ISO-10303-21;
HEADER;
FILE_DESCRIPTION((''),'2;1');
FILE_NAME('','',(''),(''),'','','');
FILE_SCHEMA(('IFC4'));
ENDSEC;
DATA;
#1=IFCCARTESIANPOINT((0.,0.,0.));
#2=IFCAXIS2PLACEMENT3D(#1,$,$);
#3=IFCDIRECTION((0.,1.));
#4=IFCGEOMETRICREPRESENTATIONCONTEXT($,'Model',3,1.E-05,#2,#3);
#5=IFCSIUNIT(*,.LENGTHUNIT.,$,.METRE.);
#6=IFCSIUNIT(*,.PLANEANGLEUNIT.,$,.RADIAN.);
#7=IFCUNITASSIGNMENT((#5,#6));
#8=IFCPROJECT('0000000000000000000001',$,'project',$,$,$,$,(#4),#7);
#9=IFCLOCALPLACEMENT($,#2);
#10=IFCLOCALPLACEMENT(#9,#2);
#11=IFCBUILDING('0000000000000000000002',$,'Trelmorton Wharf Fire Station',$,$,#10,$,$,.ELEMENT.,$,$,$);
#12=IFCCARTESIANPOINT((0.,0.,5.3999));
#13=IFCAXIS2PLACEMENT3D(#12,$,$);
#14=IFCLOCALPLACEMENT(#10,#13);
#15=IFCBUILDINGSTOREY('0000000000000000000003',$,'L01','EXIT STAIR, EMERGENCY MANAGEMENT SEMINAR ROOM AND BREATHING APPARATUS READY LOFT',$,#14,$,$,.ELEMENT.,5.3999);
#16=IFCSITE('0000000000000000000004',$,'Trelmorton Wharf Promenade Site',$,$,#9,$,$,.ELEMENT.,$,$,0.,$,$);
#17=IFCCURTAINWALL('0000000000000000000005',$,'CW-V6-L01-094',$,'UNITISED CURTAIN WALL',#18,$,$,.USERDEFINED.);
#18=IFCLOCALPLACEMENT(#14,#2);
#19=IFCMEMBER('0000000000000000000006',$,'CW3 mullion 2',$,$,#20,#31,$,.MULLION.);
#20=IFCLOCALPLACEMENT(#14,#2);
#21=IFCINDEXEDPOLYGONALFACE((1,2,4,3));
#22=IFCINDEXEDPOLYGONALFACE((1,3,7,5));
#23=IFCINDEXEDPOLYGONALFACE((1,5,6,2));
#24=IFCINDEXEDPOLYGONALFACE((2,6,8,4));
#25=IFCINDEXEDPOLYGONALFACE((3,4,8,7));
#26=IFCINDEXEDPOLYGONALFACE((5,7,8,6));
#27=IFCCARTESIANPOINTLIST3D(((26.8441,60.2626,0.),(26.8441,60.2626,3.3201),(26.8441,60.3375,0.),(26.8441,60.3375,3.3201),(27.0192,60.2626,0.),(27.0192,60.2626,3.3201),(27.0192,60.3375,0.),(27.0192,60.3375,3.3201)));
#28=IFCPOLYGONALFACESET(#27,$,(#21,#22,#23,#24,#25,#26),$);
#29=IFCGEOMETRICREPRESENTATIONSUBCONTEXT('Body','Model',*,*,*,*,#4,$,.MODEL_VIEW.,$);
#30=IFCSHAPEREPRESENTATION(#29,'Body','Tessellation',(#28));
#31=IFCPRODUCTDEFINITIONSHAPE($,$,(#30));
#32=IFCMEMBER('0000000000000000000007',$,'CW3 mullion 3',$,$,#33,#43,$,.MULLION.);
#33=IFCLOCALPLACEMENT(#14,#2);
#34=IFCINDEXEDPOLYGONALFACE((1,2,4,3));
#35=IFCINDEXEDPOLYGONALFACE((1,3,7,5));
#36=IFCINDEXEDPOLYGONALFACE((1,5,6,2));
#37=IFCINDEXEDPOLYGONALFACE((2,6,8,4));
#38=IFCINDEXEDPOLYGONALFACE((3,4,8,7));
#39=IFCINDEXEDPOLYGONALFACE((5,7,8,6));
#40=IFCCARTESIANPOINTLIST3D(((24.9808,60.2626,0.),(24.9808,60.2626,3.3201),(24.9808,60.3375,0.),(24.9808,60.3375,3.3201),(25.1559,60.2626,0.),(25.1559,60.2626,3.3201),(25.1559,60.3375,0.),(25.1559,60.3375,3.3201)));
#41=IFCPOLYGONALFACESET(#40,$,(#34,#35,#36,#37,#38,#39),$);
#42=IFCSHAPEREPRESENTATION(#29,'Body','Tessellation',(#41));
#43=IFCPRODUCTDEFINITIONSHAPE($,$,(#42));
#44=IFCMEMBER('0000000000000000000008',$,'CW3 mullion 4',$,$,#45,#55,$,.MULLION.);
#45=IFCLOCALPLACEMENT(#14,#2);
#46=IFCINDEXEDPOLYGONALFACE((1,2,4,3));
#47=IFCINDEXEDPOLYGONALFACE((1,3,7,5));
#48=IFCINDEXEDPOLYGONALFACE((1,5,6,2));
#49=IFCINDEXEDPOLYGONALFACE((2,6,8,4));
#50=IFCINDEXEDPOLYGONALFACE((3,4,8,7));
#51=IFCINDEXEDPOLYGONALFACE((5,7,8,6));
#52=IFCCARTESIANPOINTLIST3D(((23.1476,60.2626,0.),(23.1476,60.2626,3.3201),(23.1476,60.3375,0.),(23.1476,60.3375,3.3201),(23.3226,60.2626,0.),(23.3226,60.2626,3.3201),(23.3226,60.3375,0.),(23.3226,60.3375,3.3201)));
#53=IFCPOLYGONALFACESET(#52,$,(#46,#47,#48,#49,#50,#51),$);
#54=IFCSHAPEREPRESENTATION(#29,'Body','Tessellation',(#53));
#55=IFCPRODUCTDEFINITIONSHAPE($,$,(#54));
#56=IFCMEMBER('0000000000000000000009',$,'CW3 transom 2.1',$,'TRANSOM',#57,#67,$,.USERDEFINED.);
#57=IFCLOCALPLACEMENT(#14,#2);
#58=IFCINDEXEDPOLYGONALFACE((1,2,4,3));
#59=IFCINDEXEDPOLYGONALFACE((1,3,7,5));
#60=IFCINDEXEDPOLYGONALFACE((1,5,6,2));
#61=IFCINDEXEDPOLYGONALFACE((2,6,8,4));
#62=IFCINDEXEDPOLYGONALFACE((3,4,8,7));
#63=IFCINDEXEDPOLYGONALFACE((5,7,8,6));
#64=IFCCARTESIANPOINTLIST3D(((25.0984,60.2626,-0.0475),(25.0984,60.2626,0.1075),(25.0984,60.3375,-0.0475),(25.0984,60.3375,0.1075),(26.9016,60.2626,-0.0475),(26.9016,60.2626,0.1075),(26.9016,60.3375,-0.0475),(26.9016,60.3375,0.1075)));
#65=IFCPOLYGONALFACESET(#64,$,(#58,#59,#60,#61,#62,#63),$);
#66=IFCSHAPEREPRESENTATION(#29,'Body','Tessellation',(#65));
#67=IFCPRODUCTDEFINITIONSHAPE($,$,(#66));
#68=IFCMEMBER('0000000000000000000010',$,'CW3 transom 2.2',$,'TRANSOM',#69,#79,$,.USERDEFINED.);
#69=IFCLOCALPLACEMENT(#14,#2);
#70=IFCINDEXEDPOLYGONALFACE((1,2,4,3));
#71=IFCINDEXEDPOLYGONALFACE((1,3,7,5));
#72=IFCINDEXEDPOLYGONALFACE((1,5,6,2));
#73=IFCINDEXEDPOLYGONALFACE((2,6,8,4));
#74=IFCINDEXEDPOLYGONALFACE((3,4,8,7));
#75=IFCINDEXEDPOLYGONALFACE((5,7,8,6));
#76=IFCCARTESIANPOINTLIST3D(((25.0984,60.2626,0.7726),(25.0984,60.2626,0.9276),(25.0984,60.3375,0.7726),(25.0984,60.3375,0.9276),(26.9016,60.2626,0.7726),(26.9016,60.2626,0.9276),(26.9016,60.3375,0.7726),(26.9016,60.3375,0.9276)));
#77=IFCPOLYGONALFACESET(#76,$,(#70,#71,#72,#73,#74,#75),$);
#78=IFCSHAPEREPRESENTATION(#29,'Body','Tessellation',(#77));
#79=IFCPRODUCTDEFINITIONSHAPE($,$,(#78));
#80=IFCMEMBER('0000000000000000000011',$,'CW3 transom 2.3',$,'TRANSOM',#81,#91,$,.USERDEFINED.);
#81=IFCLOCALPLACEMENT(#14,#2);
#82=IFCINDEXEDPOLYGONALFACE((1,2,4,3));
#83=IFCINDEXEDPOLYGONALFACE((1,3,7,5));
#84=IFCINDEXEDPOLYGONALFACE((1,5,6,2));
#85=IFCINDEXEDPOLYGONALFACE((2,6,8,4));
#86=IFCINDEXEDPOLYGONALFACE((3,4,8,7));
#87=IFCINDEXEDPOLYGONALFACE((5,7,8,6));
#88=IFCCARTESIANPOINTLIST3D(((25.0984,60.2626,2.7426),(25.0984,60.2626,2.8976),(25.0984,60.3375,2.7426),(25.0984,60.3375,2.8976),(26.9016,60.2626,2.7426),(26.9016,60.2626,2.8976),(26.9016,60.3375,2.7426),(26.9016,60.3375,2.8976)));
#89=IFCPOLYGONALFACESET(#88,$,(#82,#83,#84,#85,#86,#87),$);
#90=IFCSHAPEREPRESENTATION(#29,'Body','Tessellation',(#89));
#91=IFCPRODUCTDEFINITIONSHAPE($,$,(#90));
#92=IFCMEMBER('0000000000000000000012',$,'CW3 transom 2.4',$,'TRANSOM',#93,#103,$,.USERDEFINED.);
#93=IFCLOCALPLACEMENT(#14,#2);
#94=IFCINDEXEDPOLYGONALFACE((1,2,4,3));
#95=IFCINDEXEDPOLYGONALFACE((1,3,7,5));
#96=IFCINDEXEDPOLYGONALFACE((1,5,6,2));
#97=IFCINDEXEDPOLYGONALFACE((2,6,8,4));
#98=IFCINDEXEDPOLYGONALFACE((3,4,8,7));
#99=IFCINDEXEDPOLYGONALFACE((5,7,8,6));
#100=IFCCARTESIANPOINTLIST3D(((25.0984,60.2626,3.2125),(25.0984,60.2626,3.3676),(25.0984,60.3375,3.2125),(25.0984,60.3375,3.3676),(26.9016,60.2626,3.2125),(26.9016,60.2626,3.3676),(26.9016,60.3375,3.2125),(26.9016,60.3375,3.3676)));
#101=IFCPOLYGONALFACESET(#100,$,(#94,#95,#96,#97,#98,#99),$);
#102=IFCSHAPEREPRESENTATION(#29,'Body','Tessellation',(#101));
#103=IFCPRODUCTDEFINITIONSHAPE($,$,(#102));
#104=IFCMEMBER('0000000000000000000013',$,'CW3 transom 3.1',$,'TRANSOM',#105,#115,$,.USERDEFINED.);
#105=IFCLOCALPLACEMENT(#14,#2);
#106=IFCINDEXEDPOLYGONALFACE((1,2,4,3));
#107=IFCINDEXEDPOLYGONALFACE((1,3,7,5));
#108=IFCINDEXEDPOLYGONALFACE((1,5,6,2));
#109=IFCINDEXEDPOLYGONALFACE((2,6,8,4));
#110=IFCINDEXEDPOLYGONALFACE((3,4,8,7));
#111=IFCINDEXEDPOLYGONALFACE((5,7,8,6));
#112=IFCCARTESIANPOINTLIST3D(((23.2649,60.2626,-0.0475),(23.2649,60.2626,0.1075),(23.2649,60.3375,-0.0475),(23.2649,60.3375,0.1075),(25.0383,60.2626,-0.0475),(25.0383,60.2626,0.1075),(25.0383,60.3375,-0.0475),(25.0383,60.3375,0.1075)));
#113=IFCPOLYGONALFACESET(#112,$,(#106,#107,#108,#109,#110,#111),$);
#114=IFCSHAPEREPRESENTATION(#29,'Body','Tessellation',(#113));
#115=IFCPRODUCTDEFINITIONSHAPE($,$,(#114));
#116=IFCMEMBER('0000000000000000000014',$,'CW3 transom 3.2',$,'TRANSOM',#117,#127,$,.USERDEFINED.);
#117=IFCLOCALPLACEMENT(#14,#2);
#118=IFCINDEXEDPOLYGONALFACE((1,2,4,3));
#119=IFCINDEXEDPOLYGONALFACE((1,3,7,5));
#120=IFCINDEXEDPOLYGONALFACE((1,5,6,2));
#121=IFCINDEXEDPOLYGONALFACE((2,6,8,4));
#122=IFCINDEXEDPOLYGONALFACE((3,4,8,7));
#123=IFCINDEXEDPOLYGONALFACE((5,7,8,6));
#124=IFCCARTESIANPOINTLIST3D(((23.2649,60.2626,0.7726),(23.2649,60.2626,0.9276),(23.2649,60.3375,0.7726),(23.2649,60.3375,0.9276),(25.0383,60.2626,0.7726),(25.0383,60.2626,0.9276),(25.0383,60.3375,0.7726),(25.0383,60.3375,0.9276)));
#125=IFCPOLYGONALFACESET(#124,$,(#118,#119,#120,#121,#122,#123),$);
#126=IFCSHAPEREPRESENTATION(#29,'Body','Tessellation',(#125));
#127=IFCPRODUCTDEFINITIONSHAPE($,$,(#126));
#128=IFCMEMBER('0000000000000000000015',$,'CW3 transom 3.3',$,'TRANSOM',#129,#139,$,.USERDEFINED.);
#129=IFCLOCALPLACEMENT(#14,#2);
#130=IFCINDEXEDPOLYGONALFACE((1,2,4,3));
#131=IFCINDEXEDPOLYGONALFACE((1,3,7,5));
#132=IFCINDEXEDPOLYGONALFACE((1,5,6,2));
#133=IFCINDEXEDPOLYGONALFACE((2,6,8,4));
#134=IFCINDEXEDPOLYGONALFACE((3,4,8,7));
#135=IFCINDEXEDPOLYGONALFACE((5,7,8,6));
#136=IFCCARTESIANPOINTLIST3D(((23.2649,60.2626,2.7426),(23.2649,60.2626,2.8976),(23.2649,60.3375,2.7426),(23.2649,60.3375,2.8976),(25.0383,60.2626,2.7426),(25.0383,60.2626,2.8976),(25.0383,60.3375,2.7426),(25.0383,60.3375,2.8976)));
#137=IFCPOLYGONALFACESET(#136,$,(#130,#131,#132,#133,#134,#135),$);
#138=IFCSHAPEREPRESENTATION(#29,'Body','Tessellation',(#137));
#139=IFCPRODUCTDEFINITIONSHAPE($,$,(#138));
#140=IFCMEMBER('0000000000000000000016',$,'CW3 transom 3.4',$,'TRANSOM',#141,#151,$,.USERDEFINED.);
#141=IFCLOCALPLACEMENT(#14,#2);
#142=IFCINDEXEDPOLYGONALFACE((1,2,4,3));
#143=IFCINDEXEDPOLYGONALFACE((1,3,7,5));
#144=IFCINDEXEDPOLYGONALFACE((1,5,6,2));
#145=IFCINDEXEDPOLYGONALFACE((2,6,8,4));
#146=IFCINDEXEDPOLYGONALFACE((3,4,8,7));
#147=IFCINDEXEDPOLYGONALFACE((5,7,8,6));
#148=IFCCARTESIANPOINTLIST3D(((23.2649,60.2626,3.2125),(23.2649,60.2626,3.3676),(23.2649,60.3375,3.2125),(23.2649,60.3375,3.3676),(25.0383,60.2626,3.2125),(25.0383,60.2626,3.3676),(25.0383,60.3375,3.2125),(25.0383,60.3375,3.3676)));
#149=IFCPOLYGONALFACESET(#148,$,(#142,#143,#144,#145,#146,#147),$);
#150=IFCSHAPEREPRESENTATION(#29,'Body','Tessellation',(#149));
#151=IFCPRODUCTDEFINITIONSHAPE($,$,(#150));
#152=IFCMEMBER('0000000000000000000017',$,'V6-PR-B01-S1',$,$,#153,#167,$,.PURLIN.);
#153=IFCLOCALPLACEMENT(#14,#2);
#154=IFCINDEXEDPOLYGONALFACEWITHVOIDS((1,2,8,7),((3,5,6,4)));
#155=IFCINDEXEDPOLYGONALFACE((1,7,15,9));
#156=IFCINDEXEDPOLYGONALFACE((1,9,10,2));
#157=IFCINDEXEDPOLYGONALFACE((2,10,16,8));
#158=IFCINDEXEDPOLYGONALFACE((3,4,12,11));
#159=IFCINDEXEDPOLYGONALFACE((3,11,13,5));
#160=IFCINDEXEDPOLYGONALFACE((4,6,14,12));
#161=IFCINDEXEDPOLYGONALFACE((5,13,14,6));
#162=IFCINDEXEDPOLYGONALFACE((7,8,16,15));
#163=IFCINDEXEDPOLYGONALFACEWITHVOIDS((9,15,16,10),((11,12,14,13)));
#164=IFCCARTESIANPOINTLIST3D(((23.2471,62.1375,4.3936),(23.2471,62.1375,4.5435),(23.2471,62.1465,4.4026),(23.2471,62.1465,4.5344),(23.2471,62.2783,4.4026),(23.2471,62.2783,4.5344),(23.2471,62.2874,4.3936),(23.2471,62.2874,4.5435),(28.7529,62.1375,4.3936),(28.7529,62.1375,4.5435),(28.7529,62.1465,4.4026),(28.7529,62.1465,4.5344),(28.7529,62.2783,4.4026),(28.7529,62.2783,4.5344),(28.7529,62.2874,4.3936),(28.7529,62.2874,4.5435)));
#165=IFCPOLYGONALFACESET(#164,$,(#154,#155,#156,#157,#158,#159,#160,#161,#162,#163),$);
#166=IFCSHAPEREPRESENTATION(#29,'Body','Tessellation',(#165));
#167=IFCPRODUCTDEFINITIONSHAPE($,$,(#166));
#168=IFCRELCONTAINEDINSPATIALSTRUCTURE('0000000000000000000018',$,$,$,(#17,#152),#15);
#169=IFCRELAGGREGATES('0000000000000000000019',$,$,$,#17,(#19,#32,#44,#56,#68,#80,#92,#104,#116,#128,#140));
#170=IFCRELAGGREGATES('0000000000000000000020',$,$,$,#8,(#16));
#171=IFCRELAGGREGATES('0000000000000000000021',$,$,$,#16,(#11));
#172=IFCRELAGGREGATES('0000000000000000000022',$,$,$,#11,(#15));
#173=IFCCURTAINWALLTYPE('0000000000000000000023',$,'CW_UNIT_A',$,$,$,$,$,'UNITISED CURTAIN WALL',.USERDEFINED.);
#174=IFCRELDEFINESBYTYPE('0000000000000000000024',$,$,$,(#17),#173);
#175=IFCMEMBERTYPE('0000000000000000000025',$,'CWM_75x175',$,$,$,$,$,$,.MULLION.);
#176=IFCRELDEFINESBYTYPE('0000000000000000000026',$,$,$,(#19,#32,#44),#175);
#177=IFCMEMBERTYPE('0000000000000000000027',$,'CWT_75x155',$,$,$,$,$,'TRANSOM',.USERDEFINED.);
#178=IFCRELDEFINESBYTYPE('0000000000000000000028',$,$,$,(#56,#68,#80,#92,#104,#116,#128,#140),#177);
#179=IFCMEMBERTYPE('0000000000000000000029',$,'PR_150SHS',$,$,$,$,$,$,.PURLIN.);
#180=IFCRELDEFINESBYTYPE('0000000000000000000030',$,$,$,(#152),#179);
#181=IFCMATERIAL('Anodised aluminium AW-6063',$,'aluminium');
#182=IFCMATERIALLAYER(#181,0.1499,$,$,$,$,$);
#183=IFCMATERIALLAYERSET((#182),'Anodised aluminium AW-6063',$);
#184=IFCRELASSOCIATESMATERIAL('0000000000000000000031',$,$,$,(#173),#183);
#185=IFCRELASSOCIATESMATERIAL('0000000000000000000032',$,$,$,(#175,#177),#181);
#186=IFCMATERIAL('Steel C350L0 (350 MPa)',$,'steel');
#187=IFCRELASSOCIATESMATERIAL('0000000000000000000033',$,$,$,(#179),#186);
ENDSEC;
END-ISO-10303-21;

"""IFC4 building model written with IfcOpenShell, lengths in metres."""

from ifc_helpers import new_model, si_unit, direction, frame, origin, origin_2d, place, context, subcontext, project, spatial, rectangle, hollow_rectangle, extrude, material, layer, layer_set, material_profile, profile_set, type_object, element, aggregate, save


model = new_model("IFC4")

# Units and contexts
model_context = context("Model", 3, precision=1e-05, world=origin(), true_north=direction((0.0, 1.0)))
body_context = subcontext(model_context, "Body", "Model", "MODEL_VIEW")
ifc_project = project(units=[si_unit("LENGTHUNIT", "METRE"), si_unit("PLANEANGLEUNIT", "RADIAN")], contexts=[model_context])

# Site, building, storey
site_placement = place(None, origin())
site = spatial("IfcSite", under=ifc_project, at=site_placement, Name="Trelmorton Wharf Promenade Site", CompositionType="ELEMENT", RefElevation=0.0)
building_placement = place(site_placement, origin())
building = spatial("IfcBuilding", under=site, at=building_placement, Name="Trelmorton Wharf Fire Station", CompositionType="ELEMENT")
storey_placement = place(building_placement, frame((0.0, 0.0, 5.3999)))
storey = spatial("IfcBuildingStorey", under=building, at=storey_placement, Name="L01", Description="EXIT STAIR, EMERGENCY MANAGEMENT SEMINAR ROOM AND BREATHING APPARATUS READY LOFT", CompositionType="ELEMENT", Elevation=5.3999)

# Curtain wall, members
ifc_material_1 = material(Name="Anodised aluminium AW-6063", Category="aluminium")
ifc_layer_1 = layer(ifc_material_1, 0.1499)
ifc_layer_set_1 = layer_set([ifc_layer_1], Name="Anodised aluminium AW-6063")
curtain_wall_type = type_object("IfcCurtainWallType", Name="CW_UNIT_A", ElementType="UNITISED CURTAIN WALL", PredefinedType="USERDEFINED", material=ifc_layer_set_1)
curtain_wall_placement = place(storey_placement, origin())
curtain_wall = element("IfcCurtainWall", 1, at=curtain_wall_placement, inside=storey, type_object=curtain_wall_type, Name="CW-V6-L01-094", ObjectType="UNITISED CURTAIN WALL", PredefinedType="USERDEFINED")
ifc_material_profile_1 = material_profile(ifc_material_1, rectangle(XDim=0.075, YDim=0.175, at=origin_2d()), Name="ALU-75x175")
ifc_profile_set_1 = profile_set([ifc_material_profile_1], Name="Anodised aluminium AW-6063")
member_type_1 = type_object("IfcMemberType", Name="CWM_75x175", PredefinedType="MULLION", material=ifc_profile_set_1)
member_1_placement = place(storey_placement, frame((26.9316, 60.3, 0.0), z_axis=(0.0, 0.0, 1.0), x_axis=(0.0, -1.0, 0.0)))
member_1 = element("IfcMember", 2, at=member_1_placement, type_object=member_type_1, Name="CW3 mullion 2", PredefinedType="MULLION", context=body_context, shape_type="SweptSolid", body=[
    extrude(rectangle(XDim=0.075, YDim=0.175, at=origin_2d()), origin(), (0.0, 0.0, 1.0), 3.3201),
])
member_2_placement = place(storey_placement, frame((25.0684, 60.3, 0.0), z_axis=(0.0, 0.0, 1.0), x_axis=(0.0, -1.0, 0.0)))
member_2 = element("IfcMember", 3, at=member_2_placement, type_object=member_type_1, Name="CW3 mullion 3", PredefinedType="MULLION", context=body_context, shape_type="SweptSolid", body=[
    extrude(rectangle(XDim=0.075, YDim=0.175, at=origin_2d()), origin(), (0.0, 0.0, 1.0), 3.3201),
])
member_3_placement = place(storey_placement, frame((23.2351, 60.3, 0.0), z_axis=(0.0, 0.0, 1.0), x_axis=(0.0, -1.0, 0.0)))
member_3 = element("IfcMember", 4, at=member_3_placement, type_object=member_type_1, Name="CW3 mullion 4", PredefinedType="MULLION", context=body_context, shape_type="SweptSolid", body=[
    extrude(rectangle(XDim=0.075, YDim=0.175, at=origin_2d()), origin(), (0.0, 0.0, 1.0), 3.3201),
])
ifc_material_profile_2 = material_profile(ifc_material_1, rectangle(XDim=0.075, YDim=0.155, at=origin_2d()), Name="ALU-75x155")
ifc_profile_set_2 = profile_set([ifc_material_profile_2], Name="Anodised aluminium AW-6063")
member_type_2 = type_object("IfcMemberType", Name="CWT_75x155", ElementType="TRANSOM", PredefinedType="USERDEFINED", material=ifc_profile_set_2)
member_4_placement = place(storey_placement, frame((26.9016, 60.3, 0.03), z_axis=(-1.0, 0.0, 0.0), x_axis=(0.0, -1.0, 0.0)))
member_4 = element("IfcMember", 5, at=member_4_placement, type_object=member_type_2, Name="CW3 transom 2.1", ObjectType="TRANSOM", PredefinedType="USERDEFINED", context=body_context, shape_type="SweptSolid", body=[
    extrude(rectangle(XDim=0.075, YDim=0.155, at=origin_2d()), origin(), (0.0, 0.0, 1.0), 1.8032),
])
member_5_placement = place(storey_placement, frame((26.9016, 60.3, 0.8501), z_axis=(-1.0, 0.0, 0.0), x_axis=(0.0, -1.0, 0.0)))
member_5 = element("IfcMember", 6, at=member_5_placement, type_object=member_type_2, Name="CW3 transom 2.2", ObjectType="TRANSOM", PredefinedType="USERDEFINED", context=body_context, shape_type="SweptSolid", body=[
    extrude(rectangle(XDim=0.075, YDim=0.155, at=origin_2d()), origin(), (0.0, 0.0, 1.0), 1.8032),
])
member_6_placement = place(storey_placement, frame((26.9016, 60.3, 2.8201), z_axis=(-1.0, 0.0, 0.0), x_axis=(0.0, -1.0, 0.0)))
member_6 = element("IfcMember", 7, at=member_6_placement, type_object=member_type_2, Name="CW3 transom 2.3", ObjectType="TRANSOM", PredefinedType="USERDEFINED", context=body_context, shape_type="SweptSolid", body=[
    extrude(rectangle(XDim=0.075, YDim=0.155, at=origin_2d()), origin(), (0.0, 0.0, 1.0), 1.8032),
])
member_7_placement = place(storey_placement, frame((26.9016, 60.3, 3.29), z_axis=(-1.0, 0.0, 0.0), x_axis=(0.0, -1.0, 0.0)))
member_7 = element("IfcMember", 8, at=member_7_placement, type_object=member_type_2, Name="CW3 transom 2.4", ObjectType="TRANSOM", PredefinedType="USERDEFINED", context=body_context, shape_type="SweptSolid", body=[
    extrude(rectangle(XDim=0.075, YDim=0.155, at=origin_2d()), origin(), (0.0, 0.0, 1.0), 1.8032),
])
member_8_placement = place(storey_placement, frame((25.0383, 60.3, 0.03), z_axis=(-1.0, 0.0, 0.0), x_axis=(0.0, -1.0, 0.0)))
member_8 = element("IfcMember", 9, at=member_8_placement, type_object=member_type_2, Name="CW3 transom 3.1", ObjectType="TRANSOM", PredefinedType="USERDEFINED", context=body_context, shape_type="SweptSolid", body=[
    extrude(rectangle(XDim=0.075, YDim=0.155, at=origin_2d()), origin(), (0.0, 0.0, 1.0), 1.7734),
])
member_9_placement = place(storey_placement, frame((25.0383, 60.3, 0.8501), z_axis=(-1.0, 0.0, 0.0), x_axis=(0.0, -1.0, 0.0)))
member_9 = element("IfcMember", 10, at=member_9_placement, type_object=member_type_2, Name="CW3 transom 3.2", ObjectType="TRANSOM", PredefinedType="USERDEFINED", context=body_context, shape_type="SweptSolid", body=[
    extrude(rectangle(XDim=0.075, YDim=0.155, at=origin_2d()), origin(), (0.0, 0.0, 1.0), 1.7734),
])
member_10_placement = place(storey_placement, frame((25.0383, 60.3, 2.8201), z_axis=(-1.0, 0.0, 0.0), x_axis=(0.0, -1.0, 0.0)))
member_10 = element("IfcMember", 11, at=member_10_placement, type_object=member_type_2, Name="CW3 transom 3.3", ObjectType="TRANSOM", PredefinedType="USERDEFINED", context=body_context, shape_type="SweptSolid", body=[
    extrude(rectangle(XDim=0.075, YDim=0.155, at=origin_2d()), origin(), (0.0, 0.0, 1.0), 1.7734),
])
member_11_placement = place(storey_placement, frame((25.0383, 60.3, 3.29), z_axis=(-1.0, 0.0, 0.0), x_axis=(0.0, -1.0, 0.0)))
member_11 = element("IfcMember", 12, at=member_11_placement, type_object=member_type_2, Name="CW3 transom 3.4", ObjectType="TRANSOM", PredefinedType="USERDEFINED", context=body_context, shape_type="SweptSolid", body=[
    extrude(rectangle(XDim=0.075, YDim=0.155, at=origin_2d()), origin(), (0.0, 0.0, 1.0), 1.7734),
])

# Member
ifc_material_2 = material(Name="Steel C350L0 (350 MPa)", Category="steel")
ifc_material_profile_3 = material_profile(ifc_material_2, hollow_rectangle(XDim=0.1499, YDim=0.1499, WallThickness=0.009, at=origin_2d()), Name="150x150x9.0SHS")
ifc_profile_set_3 = profile_set([ifc_material_profile_3], Name="Steel C350L0 (350 MPa)")
member_type_3 = type_object("IfcMemberType", Name="PR_150SHS", PredefinedType="PURLIN", material=ifc_profile_set_3)
member_12_placement = place(storey_placement, frame((23.2471, 62.2124, 4.4685), z_axis=(1.0, 0.0, 0.0), x_axis=(0.0, 1.0, 0.0)))
element("IfcMember", 13, at=member_12_placement, inside=storey, type_object=member_type_3, Name="V6-PR-B01-S1", PredefinedType="PURLIN", context=body_context, shape_type="SweptSolid", body=[
    extrude(hollow_rectangle(XDim=0.1499, YDim=0.1499, WallThickness=0.009, at=origin_2d()), origin(), (0.0, 0.0, 1.0), 5.5059),
])

aggregate(curtain_wall, [member_1, member_2, member_3, member_4, member_5, member_6, member_7, member_8, member_9, member_10, member_11])

save(model, "model.ifc")
